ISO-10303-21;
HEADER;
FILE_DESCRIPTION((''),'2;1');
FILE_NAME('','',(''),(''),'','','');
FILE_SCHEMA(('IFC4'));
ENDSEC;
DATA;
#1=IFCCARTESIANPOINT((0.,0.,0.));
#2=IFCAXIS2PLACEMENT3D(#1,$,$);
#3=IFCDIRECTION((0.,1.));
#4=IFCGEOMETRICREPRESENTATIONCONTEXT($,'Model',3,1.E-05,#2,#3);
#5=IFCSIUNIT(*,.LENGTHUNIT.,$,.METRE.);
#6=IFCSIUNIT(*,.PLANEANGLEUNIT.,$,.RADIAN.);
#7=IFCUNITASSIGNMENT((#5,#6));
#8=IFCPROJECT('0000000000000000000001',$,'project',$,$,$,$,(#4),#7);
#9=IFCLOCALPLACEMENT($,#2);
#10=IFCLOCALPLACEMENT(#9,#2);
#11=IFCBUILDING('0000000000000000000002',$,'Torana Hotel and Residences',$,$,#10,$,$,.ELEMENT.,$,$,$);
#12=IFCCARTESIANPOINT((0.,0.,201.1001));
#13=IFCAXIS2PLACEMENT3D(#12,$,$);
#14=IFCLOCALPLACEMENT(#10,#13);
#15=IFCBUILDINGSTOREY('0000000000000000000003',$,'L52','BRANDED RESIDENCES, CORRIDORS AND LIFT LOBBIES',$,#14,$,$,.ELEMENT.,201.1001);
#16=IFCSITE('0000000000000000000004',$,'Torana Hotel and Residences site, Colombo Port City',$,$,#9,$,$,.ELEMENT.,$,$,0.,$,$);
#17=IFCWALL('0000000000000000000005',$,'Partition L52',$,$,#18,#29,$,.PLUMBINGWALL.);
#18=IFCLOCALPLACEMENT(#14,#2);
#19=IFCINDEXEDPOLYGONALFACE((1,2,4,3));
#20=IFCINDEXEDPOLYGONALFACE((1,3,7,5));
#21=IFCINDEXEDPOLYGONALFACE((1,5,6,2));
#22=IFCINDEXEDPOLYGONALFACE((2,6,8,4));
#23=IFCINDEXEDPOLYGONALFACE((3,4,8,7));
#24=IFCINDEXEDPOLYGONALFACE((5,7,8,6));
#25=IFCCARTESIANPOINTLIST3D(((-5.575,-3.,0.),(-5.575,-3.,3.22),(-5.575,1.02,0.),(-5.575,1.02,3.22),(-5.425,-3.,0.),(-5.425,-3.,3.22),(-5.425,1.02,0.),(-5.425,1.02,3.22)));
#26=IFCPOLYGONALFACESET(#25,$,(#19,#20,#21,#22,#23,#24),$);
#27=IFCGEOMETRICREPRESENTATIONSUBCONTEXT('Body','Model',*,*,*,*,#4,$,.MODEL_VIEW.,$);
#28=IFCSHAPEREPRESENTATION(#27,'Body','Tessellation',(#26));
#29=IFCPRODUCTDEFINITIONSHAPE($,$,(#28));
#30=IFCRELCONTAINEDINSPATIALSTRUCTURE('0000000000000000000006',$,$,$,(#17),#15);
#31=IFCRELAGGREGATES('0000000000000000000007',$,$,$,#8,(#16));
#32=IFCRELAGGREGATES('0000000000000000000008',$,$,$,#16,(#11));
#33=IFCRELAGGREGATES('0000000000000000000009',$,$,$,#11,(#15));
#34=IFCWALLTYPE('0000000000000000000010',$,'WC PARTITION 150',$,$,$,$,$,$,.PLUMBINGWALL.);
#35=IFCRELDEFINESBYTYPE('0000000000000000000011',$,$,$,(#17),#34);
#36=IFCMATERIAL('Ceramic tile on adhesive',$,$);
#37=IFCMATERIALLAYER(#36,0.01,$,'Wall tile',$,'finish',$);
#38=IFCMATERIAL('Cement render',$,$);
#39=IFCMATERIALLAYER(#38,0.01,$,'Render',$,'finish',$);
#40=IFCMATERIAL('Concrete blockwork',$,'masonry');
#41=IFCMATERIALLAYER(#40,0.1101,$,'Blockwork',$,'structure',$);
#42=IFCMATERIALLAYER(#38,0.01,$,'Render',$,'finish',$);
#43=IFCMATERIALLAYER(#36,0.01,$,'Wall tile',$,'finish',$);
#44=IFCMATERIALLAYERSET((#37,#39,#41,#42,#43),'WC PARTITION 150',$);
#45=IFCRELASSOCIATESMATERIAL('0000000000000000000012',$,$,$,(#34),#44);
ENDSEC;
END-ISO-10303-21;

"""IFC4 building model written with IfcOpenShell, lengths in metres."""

from ifc_helpers import new_model, si_unit, direction, frame, frame_2d, origin, place, context, subcontext, project, spatial, rectangle, extrude, material, layer, layer_set, type_object, element, save


model = new_model("IFC4")

# Units and contexts
model_context = context("Model", 3, precision=1e-05, world=origin(), true_north=direction((0.0, 1.0)))
body_context = subcontext(model_context, "Body", "Model", "MODEL_VIEW")
ifc_project = project(units=[si_unit("LENGTHUNIT", "METRE"), si_unit("PLANEANGLEUNIT", "RADIAN")], contexts=[model_context])

# Site, building, storey
site_placement = place(None, origin())
site = spatial("IfcSite", under=ifc_project, at=site_placement, Name="Torana Hotel and Residences site, Colombo Port City", CompositionType="ELEMENT", RefElevation=0.0)
building_placement = place(site_placement, origin())
building = spatial("IfcBuilding", under=site, at=building_placement, Name="Torana Hotel and Residences", CompositionType="ELEMENT")
storey_placement = place(building_placement, frame((0.0, 0.0, 201.1001)))
storey = spatial("IfcBuildingStorey", under=building, at=storey_placement, Name="L52", Description="BRANDED RESIDENCES, CORRIDORS AND LIFT LOBBIES", CompositionType="ELEMENT", Elevation=201.1001)

# Shared definitions
ifc_material_1 = material(Name="Concrete blockwork", Category="masonry")

# Wall
ifc_material_2 = material(Name="Ceramic tile on adhesive")
ifc_layer_1 = layer(ifc_material_2, 0.01, Name="Wall tile", Category="finish")
ifc_material_3 = material(Name="Cement render")
ifc_layer_2 = layer(ifc_material_3, 0.01, Name="Render", Category="finish")
ifc_layer_3 = layer(ifc_material_1, 0.1101, Name="Blockwork", Category="structure")
ifc_layer_4 = layer(ifc_material_3, 0.01, Name="Render", Category="finish")
ifc_layer_5 = layer(ifc_material_2, 0.01, Name="Wall tile", Category="finish")
ifc_layer_set_1 = layer_set([ifc_layer_1, ifc_layer_2, ifc_layer_3, ifc_layer_4, ifc_layer_5], Name="WC PARTITION 150")
wall_type_1 = type_object("IfcWallType", Name="WC PARTITION 150", PredefinedType="PLUMBINGWALL", material=ifc_layer_set_1)
wall_1_placement = place(storey_placement, frame((-5.5, -3.0, 0.0), z_axis=(0.0, 0.0, 1.0), x_axis=(0.0, 1.0, 0.0)))
element("IfcWall", 1, at=wall_1_placement, inside=storey, type_object=wall_type_1, Name="Partition L52", PredefinedType="PLUMBINGWALL", context=body_context, shape_type="SweptSolid", body=[
    extrude(rectangle(XDim=4.02, YDim=0.1499, at=frame_2d((2.01, 0.0))), origin(), (0.0, 0.0, 1.0), 3.22),
])

save(model, "model.ifc")
